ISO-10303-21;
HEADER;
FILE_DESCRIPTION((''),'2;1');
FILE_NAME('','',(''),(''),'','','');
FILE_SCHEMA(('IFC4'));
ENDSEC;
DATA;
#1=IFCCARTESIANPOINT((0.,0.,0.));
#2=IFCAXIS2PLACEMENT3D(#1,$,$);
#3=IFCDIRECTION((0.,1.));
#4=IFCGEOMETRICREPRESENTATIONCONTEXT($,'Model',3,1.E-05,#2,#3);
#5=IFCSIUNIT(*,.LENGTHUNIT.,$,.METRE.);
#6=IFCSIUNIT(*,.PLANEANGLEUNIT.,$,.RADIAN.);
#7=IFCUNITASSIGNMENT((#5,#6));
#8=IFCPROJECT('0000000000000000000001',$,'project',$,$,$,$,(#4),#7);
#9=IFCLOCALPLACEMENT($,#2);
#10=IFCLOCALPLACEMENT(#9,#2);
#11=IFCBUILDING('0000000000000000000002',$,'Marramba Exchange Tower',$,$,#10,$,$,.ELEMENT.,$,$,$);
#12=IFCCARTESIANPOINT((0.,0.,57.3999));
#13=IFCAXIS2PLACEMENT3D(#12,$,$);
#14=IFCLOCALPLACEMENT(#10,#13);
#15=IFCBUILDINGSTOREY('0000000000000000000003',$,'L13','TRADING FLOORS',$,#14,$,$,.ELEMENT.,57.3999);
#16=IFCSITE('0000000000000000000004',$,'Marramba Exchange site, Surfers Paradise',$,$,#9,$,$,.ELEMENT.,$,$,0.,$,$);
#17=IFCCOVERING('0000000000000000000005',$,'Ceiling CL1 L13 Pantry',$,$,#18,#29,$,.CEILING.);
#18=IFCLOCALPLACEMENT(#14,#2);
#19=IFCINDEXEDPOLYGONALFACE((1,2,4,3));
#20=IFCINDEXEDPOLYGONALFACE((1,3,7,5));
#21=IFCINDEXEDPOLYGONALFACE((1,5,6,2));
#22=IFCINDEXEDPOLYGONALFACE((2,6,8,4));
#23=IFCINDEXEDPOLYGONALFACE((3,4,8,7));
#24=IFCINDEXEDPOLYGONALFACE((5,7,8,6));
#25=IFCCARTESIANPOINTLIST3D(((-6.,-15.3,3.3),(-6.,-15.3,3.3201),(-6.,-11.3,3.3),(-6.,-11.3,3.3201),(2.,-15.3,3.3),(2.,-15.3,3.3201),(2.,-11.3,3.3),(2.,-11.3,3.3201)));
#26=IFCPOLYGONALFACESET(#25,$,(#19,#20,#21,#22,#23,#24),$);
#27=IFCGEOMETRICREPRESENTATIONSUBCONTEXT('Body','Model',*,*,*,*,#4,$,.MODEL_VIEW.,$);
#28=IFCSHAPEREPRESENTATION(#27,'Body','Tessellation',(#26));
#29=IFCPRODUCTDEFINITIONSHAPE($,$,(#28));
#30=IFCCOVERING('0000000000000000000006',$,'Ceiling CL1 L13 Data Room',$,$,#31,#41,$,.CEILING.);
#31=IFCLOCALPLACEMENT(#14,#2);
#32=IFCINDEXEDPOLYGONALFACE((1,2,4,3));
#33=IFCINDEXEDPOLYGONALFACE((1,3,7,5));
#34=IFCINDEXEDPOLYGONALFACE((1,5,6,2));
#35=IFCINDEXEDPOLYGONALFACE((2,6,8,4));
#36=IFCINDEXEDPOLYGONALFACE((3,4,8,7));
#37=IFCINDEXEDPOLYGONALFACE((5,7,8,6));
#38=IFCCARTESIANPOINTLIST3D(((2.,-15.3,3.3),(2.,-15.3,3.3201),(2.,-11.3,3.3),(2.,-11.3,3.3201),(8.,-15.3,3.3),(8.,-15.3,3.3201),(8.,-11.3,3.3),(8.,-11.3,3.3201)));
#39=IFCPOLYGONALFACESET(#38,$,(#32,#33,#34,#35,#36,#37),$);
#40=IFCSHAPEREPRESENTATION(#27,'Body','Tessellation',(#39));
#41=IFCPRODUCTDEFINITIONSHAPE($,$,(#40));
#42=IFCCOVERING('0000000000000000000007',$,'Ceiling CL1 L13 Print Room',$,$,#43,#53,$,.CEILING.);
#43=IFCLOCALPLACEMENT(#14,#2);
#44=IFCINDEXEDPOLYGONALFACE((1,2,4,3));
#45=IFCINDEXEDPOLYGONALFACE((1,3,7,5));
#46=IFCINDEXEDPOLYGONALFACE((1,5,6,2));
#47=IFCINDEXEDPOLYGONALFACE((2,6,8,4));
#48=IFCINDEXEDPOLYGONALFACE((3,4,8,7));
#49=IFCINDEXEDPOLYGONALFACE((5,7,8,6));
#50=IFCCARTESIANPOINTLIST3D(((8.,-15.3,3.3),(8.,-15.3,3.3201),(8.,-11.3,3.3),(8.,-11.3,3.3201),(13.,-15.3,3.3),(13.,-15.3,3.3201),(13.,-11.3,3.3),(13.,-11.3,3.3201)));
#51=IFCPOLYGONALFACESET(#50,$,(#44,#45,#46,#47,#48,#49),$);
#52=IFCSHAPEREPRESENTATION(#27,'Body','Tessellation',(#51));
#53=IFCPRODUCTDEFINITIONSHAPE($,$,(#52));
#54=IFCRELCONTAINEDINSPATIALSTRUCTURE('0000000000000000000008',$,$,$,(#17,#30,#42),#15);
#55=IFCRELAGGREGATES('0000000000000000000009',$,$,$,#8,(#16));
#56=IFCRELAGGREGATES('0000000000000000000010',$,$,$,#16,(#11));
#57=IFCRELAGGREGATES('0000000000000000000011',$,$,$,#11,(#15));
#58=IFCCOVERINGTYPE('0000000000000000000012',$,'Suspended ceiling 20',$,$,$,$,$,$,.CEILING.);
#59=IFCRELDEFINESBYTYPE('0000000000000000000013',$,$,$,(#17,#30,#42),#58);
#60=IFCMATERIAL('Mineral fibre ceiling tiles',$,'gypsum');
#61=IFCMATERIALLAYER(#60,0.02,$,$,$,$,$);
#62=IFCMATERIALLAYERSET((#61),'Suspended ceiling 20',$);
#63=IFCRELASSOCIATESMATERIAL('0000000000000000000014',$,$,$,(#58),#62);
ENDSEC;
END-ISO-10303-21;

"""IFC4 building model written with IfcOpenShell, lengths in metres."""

from ifc_helpers import new_model, si_unit, direction, frame, origin, place, context, subcontext, project, spatial, polyline, outline, extrude, material, layer, layer_set, type_object, element, save


model = new_model("IFC4")

# Units and contexts
model_context = context("Model", 3, precision=1e-05, world=origin(), true_north=direction((0.0, 1.0)))
body_context = subcontext(model_context, "Body", "Model", "MODEL_VIEW")
ifc_project = project(units=[si_unit("LENGTHUNIT", "METRE"), si_unit("PLANEANGLEUNIT", "RADIAN")], contexts=[model_context])

# Site, building, storey
site_placement = place(None, origin())
site = spatial("IfcSite", under=ifc_project, at=site_placement, Name="Marramba Exchange site, Surfers Paradise", CompositionType="ELEMENT", RefElevation=0.0)
building_placement = place(site_placement, origin())
building = spatial("IfcBuilding", under=site, at=building_placement, Name="Marramba Exchange Tower", CompositionType="ELEMENT")
storey_placement = place(building_placement, frame((0.0, 0.0, 57.3999)))
storey = spatial("IfcBuildingStorey", under=building, at=storey_placement, Name="L13", Description="TRADING FLOORS", CompositionType="ELEMENT", Elevation=57.3999)

# Coverings
ifc_material_1 = material(Name="Mineral fibre ceiling tiles", Category="gypsum")
ifc_layer_1 = layer(ifc_material_1, 0.02)
ifc_layer_set_1 = layer_set([ifc_layer_1], Name="Suspended ceiling 20")
covering_type_1 = type_object("IfcCoveringType", Name="Suspended ceiling 20", PredefinedType="CEILING", material=ifc_layer_set_1)
covering_1_placement = place(storey_placement, frame((0.0, 0.0, 3.3)))
element("IfcCovering", 1, at=covering_1_placement, inside=storey, type_object=covering_type_1, Name="Ceiling CL1 L13 Pantry", PredefinedType="CEILING", context=body_context, shape_type="SweptSolid", body=[
    extrude(outline(polyline([(2.0, -15.3), (-6.0, -15.3), (-6.0, -11.3), (2.0, -11.3), (2.0, -15.3)])), origin(), (0.0, 0.0, 1.0), 0.02),
])
covering_2_placement = place(storey_placement, frame((0.0, 0.0, 3.3)))
element("IfcCovering", 2, at=covering_2_placement, inside=storey, type_object=covering_type_1, Name="Ceiling CL1 L13 Data Room", PredefinedType="CEILING", context=body_context, shape_type="SweptSolid", body=[
    extrude(outline(polyline([(8.0, -15.3), (2.0, -15.3), (2.0, -11.3), (8.0, -11.3), (8.0, -15.3)])), origin(), (0.0, 0.0, 1.0), 0.02),
])
covering_3_placement = place(storey_placement, frame((0.0, 0.0, 3.3)))
element("IfcCovering", 3, at=covering_3_placement, inside=storey, type_object=covering_type_1, Name="Ceiling CL1 L13 Print Room", PredefinedType="CEILING", context=body_context, shape_type="SweptSolid", body=[
    extrude(outline(polyline([(13.0, -11.3), (13.0, -15.3), (8.0, -15.3), (8.0, -11.3), (13.0, -11.3)])), origin(), (0.0, 0.0, 1.0), 0.02),
])

save(model, "model.ifc")
